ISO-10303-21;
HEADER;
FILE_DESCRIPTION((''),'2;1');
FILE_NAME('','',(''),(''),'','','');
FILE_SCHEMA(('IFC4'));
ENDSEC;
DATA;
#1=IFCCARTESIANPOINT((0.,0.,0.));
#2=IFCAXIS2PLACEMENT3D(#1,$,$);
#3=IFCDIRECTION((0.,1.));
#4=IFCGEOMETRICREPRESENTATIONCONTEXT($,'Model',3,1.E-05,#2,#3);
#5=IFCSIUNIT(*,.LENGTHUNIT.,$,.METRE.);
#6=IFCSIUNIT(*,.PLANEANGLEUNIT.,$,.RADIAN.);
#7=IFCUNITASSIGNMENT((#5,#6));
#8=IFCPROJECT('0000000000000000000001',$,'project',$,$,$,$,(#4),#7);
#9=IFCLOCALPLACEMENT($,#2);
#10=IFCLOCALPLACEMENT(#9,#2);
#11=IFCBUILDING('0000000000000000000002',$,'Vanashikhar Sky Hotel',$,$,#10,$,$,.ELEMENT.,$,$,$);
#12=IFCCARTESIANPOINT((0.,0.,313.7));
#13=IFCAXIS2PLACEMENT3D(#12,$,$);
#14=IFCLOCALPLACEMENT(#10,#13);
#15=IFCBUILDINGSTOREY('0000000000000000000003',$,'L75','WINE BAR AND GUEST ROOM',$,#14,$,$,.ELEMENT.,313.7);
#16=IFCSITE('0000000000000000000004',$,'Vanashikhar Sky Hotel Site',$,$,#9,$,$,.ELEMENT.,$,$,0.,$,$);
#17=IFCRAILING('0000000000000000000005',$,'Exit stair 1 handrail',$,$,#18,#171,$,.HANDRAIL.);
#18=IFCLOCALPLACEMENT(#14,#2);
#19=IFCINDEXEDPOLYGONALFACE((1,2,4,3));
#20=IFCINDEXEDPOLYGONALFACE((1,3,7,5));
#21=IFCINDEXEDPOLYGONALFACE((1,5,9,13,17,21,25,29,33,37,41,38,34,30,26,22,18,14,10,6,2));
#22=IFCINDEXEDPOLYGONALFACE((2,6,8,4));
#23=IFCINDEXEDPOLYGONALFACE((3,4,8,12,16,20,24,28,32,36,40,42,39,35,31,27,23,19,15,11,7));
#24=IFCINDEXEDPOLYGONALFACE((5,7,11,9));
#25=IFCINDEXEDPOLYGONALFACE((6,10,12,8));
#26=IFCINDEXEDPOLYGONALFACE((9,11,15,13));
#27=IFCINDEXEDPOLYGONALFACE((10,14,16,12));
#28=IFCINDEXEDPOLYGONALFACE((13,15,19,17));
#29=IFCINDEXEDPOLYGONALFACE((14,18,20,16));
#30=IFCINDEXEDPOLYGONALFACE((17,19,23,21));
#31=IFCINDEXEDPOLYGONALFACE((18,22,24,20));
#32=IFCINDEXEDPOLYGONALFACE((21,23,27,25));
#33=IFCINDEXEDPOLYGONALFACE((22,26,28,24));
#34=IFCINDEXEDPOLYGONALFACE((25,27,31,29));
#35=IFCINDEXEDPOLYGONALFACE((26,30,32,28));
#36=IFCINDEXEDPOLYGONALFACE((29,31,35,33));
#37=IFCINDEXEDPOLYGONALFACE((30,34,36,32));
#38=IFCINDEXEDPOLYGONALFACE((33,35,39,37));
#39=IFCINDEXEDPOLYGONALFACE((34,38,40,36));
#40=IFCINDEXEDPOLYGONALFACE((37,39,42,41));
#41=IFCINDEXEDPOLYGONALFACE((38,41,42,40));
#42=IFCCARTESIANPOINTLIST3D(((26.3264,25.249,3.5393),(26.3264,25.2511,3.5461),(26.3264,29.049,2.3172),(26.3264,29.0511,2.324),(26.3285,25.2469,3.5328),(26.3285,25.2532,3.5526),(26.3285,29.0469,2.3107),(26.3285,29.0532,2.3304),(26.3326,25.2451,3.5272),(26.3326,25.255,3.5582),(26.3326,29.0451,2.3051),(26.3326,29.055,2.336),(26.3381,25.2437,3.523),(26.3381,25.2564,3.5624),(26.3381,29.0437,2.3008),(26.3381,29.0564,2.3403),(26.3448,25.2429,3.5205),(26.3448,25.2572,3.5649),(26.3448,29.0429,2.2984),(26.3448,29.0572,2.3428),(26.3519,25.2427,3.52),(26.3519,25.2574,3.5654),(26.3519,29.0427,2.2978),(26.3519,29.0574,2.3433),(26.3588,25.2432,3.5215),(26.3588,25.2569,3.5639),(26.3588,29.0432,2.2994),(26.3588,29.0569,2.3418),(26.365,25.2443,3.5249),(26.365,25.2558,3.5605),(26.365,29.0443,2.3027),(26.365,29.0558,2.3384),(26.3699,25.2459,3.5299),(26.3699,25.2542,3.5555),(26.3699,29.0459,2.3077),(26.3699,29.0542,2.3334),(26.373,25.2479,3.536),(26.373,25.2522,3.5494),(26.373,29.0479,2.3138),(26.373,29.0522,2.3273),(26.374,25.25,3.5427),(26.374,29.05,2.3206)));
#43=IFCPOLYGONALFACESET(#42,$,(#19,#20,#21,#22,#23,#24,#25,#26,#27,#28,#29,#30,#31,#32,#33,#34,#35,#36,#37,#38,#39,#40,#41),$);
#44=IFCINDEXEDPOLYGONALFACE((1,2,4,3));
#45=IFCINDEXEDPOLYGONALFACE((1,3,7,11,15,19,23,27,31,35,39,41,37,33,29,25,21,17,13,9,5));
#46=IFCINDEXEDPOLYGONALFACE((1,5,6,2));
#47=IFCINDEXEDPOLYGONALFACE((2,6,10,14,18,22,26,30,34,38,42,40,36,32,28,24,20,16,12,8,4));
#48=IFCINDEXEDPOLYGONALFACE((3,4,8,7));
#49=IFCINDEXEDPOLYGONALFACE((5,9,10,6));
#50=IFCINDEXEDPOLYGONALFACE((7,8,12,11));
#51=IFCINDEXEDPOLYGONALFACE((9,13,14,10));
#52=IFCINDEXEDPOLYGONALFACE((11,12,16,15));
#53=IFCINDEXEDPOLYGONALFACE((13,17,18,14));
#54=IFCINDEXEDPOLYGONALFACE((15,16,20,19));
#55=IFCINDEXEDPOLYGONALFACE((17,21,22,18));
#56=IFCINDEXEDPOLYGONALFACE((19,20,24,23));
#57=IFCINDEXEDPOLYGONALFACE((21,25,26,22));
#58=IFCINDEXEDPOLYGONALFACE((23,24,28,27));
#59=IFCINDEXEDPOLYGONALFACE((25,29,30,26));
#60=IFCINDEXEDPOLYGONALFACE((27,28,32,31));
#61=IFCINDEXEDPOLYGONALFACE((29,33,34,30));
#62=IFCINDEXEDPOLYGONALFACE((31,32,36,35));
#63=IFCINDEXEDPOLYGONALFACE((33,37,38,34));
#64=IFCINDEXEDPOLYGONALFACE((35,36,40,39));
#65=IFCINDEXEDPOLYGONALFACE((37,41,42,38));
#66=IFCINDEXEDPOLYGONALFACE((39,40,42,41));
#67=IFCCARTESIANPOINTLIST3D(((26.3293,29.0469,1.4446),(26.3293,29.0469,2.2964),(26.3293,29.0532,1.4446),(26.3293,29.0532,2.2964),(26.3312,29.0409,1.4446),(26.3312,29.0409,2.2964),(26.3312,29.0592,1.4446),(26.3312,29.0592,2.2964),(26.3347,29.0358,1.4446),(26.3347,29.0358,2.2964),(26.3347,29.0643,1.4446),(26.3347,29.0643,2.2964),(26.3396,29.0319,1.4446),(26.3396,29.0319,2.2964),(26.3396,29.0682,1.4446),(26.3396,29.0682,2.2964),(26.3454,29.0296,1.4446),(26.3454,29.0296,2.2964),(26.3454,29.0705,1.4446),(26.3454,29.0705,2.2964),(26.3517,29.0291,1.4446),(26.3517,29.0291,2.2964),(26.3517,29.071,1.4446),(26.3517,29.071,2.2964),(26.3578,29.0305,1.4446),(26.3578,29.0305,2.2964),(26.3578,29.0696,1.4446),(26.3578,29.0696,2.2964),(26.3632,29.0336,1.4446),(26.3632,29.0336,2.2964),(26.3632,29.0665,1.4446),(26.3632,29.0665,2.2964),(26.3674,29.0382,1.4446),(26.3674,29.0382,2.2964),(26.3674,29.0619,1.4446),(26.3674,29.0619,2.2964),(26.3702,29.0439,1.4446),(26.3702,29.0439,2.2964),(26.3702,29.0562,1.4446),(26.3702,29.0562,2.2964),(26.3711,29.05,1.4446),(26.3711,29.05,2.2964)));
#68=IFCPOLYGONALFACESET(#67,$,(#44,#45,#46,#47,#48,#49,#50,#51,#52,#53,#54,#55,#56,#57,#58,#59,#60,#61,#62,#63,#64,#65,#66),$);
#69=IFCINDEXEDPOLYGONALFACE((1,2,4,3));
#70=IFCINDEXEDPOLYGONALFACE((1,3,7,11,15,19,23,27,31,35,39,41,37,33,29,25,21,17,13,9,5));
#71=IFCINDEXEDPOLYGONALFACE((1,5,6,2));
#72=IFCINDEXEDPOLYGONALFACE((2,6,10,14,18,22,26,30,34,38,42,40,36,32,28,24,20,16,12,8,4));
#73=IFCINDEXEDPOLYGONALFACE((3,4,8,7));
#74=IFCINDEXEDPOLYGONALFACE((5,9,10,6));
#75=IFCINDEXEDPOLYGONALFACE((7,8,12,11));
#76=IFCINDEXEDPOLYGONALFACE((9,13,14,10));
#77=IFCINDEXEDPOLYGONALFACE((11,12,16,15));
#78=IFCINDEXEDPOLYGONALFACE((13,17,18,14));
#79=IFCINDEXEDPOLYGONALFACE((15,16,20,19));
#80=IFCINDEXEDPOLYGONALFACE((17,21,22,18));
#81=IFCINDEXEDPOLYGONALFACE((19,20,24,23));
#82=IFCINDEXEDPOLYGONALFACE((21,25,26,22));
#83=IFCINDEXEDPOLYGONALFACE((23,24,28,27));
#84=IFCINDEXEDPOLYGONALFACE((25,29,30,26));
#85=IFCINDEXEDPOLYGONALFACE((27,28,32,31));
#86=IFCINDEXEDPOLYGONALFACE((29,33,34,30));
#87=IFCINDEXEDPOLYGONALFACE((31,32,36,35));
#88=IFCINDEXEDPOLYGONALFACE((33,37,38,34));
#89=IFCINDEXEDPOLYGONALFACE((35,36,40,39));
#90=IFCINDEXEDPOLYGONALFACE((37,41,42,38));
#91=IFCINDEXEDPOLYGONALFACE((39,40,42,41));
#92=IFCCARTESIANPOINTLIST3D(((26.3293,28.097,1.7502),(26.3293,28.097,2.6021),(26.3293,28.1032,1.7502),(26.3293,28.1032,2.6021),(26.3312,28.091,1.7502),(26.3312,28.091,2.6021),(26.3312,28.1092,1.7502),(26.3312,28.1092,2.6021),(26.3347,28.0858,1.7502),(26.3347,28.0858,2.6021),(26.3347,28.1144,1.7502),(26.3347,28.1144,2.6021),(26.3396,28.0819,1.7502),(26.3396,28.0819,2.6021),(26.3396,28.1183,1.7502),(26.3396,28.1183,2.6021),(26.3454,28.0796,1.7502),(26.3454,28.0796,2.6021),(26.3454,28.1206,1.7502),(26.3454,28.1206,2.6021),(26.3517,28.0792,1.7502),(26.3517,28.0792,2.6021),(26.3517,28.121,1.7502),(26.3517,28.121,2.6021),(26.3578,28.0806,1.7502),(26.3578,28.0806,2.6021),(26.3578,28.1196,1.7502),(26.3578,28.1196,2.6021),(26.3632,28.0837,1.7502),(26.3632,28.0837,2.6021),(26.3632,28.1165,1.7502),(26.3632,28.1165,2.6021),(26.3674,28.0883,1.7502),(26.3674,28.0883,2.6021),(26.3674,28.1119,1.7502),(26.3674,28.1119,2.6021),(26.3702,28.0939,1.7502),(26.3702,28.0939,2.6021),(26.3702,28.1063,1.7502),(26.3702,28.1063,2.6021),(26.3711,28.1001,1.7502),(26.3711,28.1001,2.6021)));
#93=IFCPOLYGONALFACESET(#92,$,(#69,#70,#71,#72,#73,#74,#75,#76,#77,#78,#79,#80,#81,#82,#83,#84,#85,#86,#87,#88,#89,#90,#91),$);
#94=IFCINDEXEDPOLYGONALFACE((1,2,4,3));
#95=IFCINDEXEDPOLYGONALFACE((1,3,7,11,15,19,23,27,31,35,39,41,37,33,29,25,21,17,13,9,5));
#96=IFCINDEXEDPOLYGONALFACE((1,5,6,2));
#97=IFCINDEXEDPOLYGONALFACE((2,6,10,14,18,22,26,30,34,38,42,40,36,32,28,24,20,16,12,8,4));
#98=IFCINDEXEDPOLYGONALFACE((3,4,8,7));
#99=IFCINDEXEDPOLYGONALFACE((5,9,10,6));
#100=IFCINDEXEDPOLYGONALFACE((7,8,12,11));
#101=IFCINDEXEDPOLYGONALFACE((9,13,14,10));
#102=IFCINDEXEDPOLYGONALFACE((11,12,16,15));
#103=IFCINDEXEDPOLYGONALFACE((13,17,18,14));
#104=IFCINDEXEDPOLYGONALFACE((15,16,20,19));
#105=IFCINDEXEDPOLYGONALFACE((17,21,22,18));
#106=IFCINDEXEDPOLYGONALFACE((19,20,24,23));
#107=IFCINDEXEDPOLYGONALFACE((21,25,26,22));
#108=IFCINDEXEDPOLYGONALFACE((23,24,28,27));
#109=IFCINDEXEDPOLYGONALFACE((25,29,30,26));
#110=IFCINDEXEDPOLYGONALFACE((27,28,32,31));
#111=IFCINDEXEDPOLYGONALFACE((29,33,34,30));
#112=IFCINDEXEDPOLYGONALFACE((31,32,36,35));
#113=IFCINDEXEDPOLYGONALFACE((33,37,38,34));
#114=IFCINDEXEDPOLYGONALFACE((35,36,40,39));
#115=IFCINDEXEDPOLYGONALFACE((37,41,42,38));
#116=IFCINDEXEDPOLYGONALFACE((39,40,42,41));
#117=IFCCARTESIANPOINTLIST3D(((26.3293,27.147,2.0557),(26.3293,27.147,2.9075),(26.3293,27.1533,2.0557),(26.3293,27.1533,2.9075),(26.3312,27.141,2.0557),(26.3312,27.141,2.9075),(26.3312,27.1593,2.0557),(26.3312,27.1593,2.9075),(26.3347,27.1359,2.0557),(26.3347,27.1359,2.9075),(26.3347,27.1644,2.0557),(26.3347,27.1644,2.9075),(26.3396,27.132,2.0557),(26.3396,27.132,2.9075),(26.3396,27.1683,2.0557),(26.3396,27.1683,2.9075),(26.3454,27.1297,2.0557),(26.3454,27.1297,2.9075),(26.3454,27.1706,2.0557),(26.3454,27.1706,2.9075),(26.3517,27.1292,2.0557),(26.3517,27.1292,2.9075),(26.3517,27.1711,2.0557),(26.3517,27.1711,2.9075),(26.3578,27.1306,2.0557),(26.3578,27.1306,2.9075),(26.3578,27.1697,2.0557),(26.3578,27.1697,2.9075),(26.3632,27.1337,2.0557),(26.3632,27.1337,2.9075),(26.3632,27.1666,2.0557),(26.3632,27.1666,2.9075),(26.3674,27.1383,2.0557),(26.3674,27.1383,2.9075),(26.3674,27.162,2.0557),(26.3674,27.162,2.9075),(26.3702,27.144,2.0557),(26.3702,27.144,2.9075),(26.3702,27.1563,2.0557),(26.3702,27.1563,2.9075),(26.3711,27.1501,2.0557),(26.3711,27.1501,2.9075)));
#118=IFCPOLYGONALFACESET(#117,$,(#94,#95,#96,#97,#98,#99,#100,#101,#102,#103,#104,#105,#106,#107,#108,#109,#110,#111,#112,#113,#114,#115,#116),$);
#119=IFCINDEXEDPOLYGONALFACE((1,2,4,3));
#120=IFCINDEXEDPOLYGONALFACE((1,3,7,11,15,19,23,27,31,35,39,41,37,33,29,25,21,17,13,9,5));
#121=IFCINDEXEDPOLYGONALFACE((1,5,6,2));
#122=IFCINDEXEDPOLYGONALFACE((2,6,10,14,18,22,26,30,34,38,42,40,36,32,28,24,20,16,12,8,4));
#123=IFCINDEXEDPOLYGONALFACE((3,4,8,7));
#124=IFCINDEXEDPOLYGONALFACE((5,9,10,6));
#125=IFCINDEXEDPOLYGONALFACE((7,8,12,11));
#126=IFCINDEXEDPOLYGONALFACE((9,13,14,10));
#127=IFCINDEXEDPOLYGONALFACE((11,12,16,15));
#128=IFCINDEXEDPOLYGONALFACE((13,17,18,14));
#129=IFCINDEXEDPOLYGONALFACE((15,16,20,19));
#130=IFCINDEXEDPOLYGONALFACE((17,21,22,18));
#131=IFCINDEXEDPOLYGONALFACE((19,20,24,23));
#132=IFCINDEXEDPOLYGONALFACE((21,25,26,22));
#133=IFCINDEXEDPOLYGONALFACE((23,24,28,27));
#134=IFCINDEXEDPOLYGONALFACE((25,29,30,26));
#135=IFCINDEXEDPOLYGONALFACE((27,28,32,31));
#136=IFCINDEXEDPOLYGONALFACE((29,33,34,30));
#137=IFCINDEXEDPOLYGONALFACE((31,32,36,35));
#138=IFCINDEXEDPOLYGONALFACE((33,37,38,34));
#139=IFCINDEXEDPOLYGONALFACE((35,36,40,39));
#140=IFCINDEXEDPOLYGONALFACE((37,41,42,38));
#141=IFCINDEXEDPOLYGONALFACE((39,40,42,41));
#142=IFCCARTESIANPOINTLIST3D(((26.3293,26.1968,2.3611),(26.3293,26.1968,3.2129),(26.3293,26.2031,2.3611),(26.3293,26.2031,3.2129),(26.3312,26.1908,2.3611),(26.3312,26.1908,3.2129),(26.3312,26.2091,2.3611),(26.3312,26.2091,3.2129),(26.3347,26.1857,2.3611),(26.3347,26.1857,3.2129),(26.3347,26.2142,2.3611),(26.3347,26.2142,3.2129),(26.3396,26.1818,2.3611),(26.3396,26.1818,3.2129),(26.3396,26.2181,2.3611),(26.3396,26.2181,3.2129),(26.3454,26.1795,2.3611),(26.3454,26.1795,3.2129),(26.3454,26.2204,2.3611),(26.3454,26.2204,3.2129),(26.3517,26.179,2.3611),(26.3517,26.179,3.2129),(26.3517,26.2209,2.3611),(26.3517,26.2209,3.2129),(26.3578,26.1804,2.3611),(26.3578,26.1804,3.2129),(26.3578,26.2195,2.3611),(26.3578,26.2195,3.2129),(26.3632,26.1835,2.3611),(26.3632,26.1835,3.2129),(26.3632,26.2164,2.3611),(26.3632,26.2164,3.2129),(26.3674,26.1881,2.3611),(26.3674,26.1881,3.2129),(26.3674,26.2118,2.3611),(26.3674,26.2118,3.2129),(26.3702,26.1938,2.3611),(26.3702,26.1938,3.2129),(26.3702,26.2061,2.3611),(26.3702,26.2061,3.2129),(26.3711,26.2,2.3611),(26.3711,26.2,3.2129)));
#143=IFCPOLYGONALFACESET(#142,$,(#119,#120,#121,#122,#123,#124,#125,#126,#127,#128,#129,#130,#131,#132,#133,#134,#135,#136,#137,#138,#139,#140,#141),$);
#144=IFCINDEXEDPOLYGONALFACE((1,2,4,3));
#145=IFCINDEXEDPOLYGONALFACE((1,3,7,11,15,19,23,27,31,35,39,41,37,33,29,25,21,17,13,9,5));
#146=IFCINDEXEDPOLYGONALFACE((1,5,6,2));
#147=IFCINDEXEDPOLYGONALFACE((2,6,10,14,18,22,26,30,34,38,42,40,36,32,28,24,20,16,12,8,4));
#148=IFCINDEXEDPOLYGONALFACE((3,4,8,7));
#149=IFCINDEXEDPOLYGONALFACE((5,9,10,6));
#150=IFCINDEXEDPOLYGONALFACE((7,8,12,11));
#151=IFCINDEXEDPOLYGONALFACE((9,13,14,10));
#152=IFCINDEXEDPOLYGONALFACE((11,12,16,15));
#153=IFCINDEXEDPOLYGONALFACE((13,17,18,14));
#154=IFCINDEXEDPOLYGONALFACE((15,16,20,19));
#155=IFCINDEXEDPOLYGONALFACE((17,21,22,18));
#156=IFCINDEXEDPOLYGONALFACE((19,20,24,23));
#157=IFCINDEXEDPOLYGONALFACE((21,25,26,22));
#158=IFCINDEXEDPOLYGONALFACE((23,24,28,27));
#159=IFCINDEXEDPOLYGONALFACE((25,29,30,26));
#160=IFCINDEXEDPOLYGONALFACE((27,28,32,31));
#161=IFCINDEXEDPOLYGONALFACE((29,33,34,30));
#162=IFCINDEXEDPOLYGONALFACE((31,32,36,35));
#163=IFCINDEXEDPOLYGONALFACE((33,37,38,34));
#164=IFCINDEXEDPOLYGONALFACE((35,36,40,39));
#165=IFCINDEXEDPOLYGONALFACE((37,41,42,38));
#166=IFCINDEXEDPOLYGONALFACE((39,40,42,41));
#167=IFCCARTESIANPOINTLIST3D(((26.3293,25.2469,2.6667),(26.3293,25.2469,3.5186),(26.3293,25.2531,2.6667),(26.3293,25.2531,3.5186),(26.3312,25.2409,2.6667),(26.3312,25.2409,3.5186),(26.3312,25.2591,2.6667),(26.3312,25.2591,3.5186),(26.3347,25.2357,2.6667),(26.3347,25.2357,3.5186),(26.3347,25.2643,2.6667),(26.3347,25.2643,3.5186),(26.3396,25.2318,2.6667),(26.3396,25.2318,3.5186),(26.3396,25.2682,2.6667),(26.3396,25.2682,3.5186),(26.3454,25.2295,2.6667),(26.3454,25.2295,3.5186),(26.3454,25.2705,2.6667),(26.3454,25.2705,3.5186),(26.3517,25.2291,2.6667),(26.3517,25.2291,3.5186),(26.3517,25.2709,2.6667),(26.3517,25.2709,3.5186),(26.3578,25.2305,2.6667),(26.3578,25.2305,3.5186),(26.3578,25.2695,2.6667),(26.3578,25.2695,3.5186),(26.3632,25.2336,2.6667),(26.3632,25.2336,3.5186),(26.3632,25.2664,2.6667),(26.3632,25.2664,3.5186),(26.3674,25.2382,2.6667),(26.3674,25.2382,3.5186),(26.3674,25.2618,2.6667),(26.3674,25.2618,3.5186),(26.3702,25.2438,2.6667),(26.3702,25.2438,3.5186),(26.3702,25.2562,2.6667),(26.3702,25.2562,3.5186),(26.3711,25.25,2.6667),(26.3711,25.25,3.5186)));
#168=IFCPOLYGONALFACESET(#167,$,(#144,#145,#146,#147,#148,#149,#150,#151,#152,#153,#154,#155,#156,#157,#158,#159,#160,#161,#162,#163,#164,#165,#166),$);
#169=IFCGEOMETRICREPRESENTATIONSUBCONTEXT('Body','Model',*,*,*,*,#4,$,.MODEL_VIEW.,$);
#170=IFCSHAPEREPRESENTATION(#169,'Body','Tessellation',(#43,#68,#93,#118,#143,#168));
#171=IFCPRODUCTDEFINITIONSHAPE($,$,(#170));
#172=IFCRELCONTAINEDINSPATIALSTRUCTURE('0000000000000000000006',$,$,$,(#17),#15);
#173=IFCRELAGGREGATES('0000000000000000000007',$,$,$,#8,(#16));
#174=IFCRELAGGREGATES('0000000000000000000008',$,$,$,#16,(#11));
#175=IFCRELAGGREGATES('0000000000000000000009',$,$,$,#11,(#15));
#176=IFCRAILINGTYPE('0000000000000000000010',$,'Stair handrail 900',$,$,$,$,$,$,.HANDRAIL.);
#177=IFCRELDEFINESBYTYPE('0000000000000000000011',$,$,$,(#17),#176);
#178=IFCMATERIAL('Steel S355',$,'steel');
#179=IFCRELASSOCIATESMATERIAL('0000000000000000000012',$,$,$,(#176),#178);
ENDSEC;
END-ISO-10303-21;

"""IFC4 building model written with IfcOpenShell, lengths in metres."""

from ifc_helpers import new_model, si_unit, direction, frame, origin, origin_2d, place, context, subcontext, project, spatial, circle, extrude, source, transform, mapped, material, type_object, element, save


model = new_model("IFC4")

# Units and contexts
model_context = context("Model", 3, precision=1e-05, world=origin(), true_north=direction((0.0, 1.0)))
body_context = subcontext(model_context, "Body", "Model", "MODEL_VIEW")
ifc_project = project(units=[si_unit("LENGTHUNIT", "METRE"), si_unit("PLANEANGLEUNIT", "RADIAN")], contexts=[model_context])

# Site, building, storey
site_placement = place(None, origin())
site = spatial("IfcSite", under=ifc_project, at=site_placement, Name="Vanashikhar Sky Hotel Site", CompositionType="ELEMENT", RefElevation=0.0)
building_placement = place(site_placement, origin())
building = spatial("IfcBuilding", under=site, at=building_placement, Name="Vanashikhar Sky Hotel", CompositionType="ELEMENT")
storey_placement = place(building_placement, frame((0.0, 0.0, 313.7)))
storey = spatial("IfcBuildingStorey", under=building, at=storey_placement, Name="L75", Description="WINE BAR AND GUEST ROOM", CompositionType="ELEMENT", Elevation=313.7)

# Railing
ifc_material_1 = material(Name="Steel S355", Category="steel")
railing_type_1 = type_object("IfcRailingType", Name="Stair handrail 900", PredefinedType="HANDRAIL", material=ifc_material_1)
shared_shape_1 = source(origin(), body_context, "Body", "SweptSolid", [
    extrude(circle(Radius=0.0239, at=origin_2d()), frame((0.0, 0.0, 0.876), z_axis=(0.0, -0.951976, 0.306173), x_axis=(1.0, 0.0, 0.0)), (0.0, 0.0, 1.0), 3.9917),
    extrude(circle(Radius=0.021, at=origin_2d()), origin(), (0.0, 0.0, 1.0), 0.8518),
    extrude(circle(Radius=0.021, at=origin_2d()), frame((0.0, -0.95, 0.3057)), (0.0, 0.0, 1.0), 0.8518),
    extrude(circle(Radius=0.021, at=origin_2d()), frame((0.0, -1.8999, 0.6111)), (0.0, 0.0, 1.0), 0.8518),
    extrude(circle(Radius=0.021, at=origin_2d()), frame((0.0, -2.8501, 0.9165)), (0.0, 0.0, 1.0), 0.8518),
    extrude(circle(Radius=0.021, at=origin_2d()), frame((0.0, -3.8, 1.2222)), (0.0, 0.0, 1.0), 0.8518),
])
for number, where, name in (
    (1, (26.3501, 29.05, 1.4446), "Exit stair 1 handrail"),
):
    element("IfcRailing", number, at=place(storey_placement, frame(where)), inside=storey, type_object=railing_type_1, Name=name, PredefinedType="HANDRAIL", context=body_context, shape_type="MappedRepresentation", body=[
        mapped(shared_shape_1, transform((0.0, 0.0, 0.0), scale=1.0)),
    ])

save(model, "model.ifc")
